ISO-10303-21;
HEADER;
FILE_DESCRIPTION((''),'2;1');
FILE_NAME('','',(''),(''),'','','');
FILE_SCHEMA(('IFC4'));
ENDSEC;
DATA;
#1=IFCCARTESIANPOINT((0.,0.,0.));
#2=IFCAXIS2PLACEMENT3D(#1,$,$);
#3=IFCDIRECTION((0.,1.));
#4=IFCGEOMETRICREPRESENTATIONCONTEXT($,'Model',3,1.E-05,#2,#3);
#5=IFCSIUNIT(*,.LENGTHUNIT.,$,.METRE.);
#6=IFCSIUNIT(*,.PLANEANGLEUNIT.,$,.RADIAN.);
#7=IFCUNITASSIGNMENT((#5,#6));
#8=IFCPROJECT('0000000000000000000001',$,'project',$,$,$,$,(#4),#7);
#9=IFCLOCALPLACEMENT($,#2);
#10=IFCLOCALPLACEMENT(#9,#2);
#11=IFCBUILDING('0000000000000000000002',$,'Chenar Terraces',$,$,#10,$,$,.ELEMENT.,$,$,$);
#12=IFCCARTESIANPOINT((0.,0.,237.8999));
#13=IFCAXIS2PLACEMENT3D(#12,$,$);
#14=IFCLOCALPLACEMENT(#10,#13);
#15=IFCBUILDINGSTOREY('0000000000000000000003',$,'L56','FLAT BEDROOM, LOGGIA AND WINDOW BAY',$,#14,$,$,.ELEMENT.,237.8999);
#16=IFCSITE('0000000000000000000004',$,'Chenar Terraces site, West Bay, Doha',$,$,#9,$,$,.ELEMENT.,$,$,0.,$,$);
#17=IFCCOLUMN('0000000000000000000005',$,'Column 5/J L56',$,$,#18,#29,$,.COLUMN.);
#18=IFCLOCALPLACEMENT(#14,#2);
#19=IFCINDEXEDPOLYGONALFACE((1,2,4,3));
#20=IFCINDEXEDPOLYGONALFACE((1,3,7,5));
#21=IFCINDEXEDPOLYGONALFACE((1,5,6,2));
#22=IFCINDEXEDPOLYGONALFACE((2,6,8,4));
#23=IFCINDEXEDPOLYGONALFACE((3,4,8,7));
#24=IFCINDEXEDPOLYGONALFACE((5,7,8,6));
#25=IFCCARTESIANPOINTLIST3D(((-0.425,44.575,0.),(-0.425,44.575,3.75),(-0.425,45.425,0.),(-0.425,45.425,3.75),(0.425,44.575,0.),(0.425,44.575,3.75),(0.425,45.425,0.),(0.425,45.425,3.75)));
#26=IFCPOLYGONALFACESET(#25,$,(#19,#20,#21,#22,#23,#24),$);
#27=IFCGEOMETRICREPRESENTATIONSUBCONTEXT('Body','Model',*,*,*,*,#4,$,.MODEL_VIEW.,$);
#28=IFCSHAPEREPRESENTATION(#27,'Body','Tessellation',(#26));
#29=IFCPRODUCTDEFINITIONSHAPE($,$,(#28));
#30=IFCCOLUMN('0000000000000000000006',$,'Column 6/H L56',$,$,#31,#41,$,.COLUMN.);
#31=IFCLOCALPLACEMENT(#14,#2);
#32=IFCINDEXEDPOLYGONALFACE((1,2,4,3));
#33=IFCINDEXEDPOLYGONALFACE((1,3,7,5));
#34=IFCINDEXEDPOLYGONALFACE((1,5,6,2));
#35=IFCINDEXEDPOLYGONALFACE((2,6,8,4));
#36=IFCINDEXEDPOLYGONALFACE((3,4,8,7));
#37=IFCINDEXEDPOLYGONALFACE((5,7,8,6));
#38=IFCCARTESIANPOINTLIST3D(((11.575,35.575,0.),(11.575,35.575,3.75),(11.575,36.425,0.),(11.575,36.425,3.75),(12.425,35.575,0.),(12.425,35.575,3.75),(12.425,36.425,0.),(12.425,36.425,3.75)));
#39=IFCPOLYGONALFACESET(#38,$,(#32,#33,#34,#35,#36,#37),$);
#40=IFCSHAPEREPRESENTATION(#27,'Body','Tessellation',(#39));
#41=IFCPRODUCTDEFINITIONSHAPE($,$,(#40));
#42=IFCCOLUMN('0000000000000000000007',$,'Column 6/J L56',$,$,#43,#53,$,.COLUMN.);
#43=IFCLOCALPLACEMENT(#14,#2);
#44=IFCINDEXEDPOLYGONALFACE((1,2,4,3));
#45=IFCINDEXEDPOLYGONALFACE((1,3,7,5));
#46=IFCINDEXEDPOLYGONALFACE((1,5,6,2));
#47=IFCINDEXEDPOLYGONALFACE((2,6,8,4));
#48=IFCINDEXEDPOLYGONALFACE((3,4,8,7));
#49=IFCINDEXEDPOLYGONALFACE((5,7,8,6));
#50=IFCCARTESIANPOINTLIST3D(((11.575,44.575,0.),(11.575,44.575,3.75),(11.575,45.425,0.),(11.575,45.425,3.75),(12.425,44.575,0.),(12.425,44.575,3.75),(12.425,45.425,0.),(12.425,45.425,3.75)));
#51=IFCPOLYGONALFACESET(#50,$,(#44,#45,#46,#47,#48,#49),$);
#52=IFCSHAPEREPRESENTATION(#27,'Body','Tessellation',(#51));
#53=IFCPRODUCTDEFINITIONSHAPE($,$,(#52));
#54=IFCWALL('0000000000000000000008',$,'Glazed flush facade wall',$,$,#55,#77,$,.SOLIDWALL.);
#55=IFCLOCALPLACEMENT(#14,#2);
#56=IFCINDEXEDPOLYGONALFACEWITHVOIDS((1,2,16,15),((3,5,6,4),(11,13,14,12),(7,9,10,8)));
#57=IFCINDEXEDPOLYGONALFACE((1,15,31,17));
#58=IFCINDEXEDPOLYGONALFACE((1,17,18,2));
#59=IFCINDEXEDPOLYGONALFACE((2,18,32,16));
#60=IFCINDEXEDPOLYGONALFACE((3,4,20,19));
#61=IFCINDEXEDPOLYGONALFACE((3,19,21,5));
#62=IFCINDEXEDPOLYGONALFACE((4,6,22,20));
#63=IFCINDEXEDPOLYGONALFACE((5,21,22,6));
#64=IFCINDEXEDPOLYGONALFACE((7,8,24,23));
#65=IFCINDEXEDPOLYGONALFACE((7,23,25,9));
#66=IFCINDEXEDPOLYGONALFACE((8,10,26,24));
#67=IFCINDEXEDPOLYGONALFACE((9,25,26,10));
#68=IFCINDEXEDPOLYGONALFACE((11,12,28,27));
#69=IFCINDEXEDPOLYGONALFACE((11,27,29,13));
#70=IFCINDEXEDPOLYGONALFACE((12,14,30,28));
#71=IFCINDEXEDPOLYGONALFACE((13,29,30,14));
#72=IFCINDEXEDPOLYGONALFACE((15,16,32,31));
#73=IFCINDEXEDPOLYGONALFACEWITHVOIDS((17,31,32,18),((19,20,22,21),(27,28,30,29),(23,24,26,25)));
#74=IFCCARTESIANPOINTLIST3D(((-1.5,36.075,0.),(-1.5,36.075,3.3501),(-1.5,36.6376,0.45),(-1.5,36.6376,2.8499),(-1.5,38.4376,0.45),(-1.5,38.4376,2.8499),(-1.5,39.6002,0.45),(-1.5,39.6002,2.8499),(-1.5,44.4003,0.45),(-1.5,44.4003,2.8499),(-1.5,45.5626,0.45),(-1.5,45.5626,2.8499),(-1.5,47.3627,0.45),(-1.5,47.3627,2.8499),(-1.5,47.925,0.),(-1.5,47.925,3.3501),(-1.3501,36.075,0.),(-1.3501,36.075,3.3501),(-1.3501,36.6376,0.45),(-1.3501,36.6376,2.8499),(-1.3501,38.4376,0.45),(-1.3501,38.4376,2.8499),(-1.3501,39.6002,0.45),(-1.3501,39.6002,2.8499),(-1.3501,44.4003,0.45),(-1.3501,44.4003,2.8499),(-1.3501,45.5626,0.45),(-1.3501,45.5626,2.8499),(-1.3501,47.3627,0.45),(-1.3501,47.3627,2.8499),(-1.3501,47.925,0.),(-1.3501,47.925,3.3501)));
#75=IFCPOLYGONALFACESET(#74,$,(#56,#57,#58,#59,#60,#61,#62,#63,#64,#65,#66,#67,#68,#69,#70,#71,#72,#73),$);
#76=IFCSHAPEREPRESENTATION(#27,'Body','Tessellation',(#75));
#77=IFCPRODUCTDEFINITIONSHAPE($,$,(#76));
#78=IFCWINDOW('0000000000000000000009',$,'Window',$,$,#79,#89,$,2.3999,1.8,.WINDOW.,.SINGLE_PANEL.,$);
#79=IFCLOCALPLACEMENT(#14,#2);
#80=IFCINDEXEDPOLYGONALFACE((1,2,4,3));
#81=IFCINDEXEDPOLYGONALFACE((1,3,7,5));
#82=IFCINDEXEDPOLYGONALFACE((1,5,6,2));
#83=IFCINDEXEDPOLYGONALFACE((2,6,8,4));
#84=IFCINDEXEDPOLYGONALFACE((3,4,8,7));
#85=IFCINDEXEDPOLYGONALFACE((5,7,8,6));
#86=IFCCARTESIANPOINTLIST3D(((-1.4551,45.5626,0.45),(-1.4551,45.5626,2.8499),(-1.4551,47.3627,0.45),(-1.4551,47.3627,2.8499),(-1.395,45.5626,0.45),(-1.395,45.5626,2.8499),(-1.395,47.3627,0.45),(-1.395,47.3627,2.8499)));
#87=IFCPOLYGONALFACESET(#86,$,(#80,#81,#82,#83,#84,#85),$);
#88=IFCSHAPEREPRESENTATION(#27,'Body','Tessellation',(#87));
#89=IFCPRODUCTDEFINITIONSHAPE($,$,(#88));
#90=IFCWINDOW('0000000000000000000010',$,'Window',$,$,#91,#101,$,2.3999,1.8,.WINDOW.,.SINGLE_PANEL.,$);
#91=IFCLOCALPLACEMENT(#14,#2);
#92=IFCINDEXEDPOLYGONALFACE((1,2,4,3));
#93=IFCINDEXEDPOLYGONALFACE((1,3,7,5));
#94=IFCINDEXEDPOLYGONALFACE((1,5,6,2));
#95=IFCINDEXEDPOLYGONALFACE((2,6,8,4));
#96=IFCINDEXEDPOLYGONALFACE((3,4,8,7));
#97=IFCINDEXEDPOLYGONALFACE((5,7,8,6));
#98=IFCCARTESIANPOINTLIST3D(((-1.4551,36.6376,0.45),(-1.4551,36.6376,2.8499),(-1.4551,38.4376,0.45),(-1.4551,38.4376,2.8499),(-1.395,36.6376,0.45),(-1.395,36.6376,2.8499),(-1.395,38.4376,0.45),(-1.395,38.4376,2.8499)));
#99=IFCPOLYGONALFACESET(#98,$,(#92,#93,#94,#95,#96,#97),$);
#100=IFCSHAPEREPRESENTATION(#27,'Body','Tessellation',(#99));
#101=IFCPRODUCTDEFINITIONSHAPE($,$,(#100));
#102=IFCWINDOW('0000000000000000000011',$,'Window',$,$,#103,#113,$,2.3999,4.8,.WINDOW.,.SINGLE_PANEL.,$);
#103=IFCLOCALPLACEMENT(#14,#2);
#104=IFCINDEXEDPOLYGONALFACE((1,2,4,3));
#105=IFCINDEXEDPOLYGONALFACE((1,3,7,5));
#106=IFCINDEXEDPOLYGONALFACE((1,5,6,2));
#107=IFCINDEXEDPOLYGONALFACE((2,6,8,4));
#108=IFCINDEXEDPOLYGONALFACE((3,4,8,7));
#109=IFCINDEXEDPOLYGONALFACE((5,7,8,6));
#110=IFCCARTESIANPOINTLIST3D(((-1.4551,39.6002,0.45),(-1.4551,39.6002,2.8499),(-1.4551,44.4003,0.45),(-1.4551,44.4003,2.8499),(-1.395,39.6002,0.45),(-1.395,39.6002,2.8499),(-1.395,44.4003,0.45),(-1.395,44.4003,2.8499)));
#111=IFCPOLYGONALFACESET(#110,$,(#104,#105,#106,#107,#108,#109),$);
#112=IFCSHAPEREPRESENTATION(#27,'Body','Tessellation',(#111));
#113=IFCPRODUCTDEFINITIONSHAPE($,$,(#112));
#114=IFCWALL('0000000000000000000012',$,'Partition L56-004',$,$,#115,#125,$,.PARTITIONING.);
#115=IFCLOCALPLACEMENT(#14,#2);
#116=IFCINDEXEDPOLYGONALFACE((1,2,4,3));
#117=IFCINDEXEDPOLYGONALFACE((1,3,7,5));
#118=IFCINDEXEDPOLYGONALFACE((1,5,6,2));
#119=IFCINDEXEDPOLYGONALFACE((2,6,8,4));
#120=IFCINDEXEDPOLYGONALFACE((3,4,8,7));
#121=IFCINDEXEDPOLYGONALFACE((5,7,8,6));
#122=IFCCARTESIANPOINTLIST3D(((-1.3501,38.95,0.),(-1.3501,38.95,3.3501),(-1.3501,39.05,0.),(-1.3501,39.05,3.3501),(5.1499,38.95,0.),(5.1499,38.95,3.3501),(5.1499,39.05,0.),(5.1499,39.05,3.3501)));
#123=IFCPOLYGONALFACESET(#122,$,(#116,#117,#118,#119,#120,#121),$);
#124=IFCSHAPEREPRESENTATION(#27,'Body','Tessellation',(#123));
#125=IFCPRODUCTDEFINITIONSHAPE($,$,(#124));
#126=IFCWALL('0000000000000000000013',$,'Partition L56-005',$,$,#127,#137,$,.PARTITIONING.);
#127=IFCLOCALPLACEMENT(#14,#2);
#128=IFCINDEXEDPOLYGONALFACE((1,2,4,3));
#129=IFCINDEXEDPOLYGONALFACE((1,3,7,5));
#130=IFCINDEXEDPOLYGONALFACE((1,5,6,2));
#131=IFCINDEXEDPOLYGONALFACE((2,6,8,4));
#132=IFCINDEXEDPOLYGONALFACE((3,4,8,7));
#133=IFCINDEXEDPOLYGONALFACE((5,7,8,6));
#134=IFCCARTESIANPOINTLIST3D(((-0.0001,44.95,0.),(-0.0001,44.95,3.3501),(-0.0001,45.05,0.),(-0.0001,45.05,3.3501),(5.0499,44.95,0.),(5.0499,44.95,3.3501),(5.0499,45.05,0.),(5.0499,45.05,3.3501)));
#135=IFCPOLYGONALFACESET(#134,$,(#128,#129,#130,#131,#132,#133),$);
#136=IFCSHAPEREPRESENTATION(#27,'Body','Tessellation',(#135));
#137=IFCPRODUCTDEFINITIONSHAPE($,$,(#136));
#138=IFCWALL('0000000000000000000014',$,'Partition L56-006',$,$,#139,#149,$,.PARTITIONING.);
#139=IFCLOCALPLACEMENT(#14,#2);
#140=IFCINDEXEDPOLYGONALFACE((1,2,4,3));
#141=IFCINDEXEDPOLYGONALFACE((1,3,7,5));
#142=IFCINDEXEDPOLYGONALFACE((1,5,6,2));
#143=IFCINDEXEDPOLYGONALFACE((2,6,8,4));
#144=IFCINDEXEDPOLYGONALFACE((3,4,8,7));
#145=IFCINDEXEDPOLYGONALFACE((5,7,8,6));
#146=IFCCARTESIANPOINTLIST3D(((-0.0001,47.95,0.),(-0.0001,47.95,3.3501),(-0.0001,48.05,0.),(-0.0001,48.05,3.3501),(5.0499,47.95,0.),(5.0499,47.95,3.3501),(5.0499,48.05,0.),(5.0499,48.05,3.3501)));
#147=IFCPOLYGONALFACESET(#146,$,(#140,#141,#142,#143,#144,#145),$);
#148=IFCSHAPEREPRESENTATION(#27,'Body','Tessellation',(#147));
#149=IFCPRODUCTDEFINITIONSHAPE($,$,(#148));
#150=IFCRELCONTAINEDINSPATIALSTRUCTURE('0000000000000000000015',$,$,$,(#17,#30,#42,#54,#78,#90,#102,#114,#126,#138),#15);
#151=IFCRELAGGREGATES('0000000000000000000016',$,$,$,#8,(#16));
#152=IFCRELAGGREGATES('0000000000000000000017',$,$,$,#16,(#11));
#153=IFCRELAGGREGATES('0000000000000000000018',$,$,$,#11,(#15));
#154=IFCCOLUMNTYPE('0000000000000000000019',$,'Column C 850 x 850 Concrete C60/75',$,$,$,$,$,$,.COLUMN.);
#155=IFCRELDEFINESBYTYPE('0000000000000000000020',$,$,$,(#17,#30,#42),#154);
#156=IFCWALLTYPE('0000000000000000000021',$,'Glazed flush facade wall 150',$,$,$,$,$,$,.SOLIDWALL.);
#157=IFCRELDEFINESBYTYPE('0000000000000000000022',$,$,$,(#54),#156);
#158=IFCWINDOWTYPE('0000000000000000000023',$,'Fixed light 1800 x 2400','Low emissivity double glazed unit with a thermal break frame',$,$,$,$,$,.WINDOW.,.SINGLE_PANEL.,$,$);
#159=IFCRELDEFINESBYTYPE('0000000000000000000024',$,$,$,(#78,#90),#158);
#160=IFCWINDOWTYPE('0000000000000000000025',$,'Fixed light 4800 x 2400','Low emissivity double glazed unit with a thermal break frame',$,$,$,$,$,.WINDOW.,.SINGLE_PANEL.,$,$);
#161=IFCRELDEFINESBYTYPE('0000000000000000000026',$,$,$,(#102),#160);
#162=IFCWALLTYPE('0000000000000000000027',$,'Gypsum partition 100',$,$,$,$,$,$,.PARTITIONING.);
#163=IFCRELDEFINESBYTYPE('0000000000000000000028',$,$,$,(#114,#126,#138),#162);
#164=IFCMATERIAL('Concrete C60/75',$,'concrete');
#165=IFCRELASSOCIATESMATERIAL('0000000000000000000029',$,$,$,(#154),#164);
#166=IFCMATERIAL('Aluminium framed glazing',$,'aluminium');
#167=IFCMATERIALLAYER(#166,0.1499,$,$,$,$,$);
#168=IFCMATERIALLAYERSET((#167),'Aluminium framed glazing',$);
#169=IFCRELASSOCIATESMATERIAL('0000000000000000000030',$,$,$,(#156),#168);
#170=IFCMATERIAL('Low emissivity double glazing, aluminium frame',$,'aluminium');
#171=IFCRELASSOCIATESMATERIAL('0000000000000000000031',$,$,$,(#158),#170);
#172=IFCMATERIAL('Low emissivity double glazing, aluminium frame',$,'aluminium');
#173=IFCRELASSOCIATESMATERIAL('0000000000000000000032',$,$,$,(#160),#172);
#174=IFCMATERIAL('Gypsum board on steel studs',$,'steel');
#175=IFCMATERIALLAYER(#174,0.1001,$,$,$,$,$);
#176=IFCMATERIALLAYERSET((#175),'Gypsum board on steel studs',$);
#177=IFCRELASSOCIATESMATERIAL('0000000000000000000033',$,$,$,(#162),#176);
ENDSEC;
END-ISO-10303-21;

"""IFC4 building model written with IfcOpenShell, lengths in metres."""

from ifc_helpers import new_model, si_unit, direction, frame, frame_2d, origin, origin_2d, place, context, subcontext, project, spatial, rectangle, extrude, material, layer, layer_set, material_profile, profile_set, type_object, element, fill, save


model = new_model("IFC4")

# Units and contexts
model_context = context("Model", 3, precision=1e-05, world=origin(), true_north=direction((0.0, 1.0)))
body_context = subcontext(model_context, "Body", "Model", "MODEL_VIEW")
ifc_project = project(units=[si_unit("LENGTHUNIT", "METRE"), si_unit("PLANEANGLEUNIT", "RADIAN")], contexts=[model_context])

# Site, building, storey
site_placement = place(None, origin())
site = spatial("IfcSite", under=ifc_project, at=site_placement, Name="Chenar Terraces site, West Bay, Doha", CompositionType="ELEMENT", RefElevation=0.0)
building_placement = place(site_placement, origin())
building = spatial("IfcBuilding", under=site, at=building_placement, Name="Chenar Terraces", CompositionType="ELEMENT")
storey_placement = place(building_placement, frame((0.0, 0.0, 237.8999)))
storey = spatial("IfcBuildingStorey", under=building, at=storey_placement, Name="L56", Description="FLAT BEDROOM, LOGGIA AND WINDOW BAY", CompositionType="ELEMENT", Elevation=237.8999)

# Columns
ifc_material_1 = material(Name="Concrete C60/75", Category="concrete")
ifc_material_profile = material_profile(ifc_material_1, rectangle(XDim=0.8501, YDim=0.8501, at=origin_2d()), Name="C 850 x 850")
ifc_profile_set = profile_set([ifc_material_profile], Name="Concrete C60/75")
column_type = type_object("IfcColumnType", Name="Column C 850 x 850 Concrete C60/75", PredefinedType="COLUMN", material=ifc_profile_set)
placement = place(storey_placement, frame((0.0, 45.0, 0.0), z_axis=(0.0, 0.0, 1.0), x_axis=(1.0, 0.0, 0.0)))
element("IfcColumn", 1, at=placement, inside=storey, type_object=column_type, Name="Column 5/J L56", PredefinedType="COLUMN", context=body_context, shape_type="SweptSolid", body=[
    extrude(rectangle(XDim=0.8501, YDim=0.8501, at=origin_2d()), origin(), (0.0, 0.0, 1.0), 3.75),
])
for number, where, z_axis, x_axis, name in (
    (2, (12.0, 36.0, 0.0), (0.0, 0.0, 1.0), (1.0, 0.0, 0.0), "Column 6/H L56"),
    (3, (12.0, 45.0, 0.0), (0.0, 0.0, 1.0), (1.0, 0.0, 0.0), "Column 6/J L56"),
):
    element("IfcColumn", number, at=place(storey_placement, frame(where, z_axis=z_axis, x_axis=x_axis)), inside=storey, type_object=column_type, Name=name, PredefinedType="COLUMN", context=body_context, shape_type="SweptSolid", body=[
        extrude(rectangle(XDim=0.8501, YDim=0.8501, at=origin_2d()), origin(), (0.0, 0.0, 1.0), 3.75),
    ])

# Wall, openings, windows
ifc_material_2 = material(Name="Aluminium framed glazing", Category="aluminium")
ifc_layer_1 = layer(ifc_material_2, 0.1499)
ifc_layer_set_1 = layer_set([ifc_layer_1], Name="Aluminium framed glazing")
wall_type_1 = type_object("IfcWallType", Name="Glazed flush facade wall 150", PredefinedType="SOLIDWALL", material=ifc_layer_set_1)
wall_1_placement = place(storey_placement, frame((-1.425, 47.925, 0.0), z_axis=(0.0, 0.0, 1.0), x_axis=(0.0, -1.0, 0.0)))
wall_1 = element("IfcWall", 4, at=wall_1_placement, inside=storey, type_object=wall_type_1, Name="Glazed flush facade wall", PredefinedType="SOLIDWALL", context=body_context, shape_type="SweptSolid", body=[
    extrude(rectangle(XDim=11.8501, YDim=0.1499, at=frame_2d((5.925, 0.0))), origin(), (0.0, 0.0, 1.0), 3.3501),
])
opening_1_placement = place(wall_1_placement, frame((0.5625, 0.0, 0.45)))
opening_1 = element("IfcOpeningElement", 5, at=opening_1_placement, cuts=wall_1, PredefinedType="OPENING", context=body_context, shape_type="SweptSolid", body=[
    extrude(rectangle(XDim=1.8, YDim=2.3999, at=frame_2d((0.8999, 1.2))), frame((0.0, 0.085, 0.0), z_axis=(0.0, -1.0, 0.0), x_axis=(1.0, 0.0, 0.0)), (0.0, 0.0, 1.0), 0.1699),
])
opening_2_placement = place(wall_1_placement, frame((3.5249, 0.0, 0.45)))
opening_2 = element("IfcOpeningElement", 6, at=opening_2_placement, cuts=wall_1, PredefinedType="OPENING", context=body_context, shape_type="SweptSolid", body=[
    extrude(rectangle(XDim=4.8, YDim=2.3999, at=frame_2d((2.3999, 1.2))), frame((0.0, 0.085, 0.0), z_axis=(0.0, -1.0, 0.0), x_axis=(1.0, 0.0, 0.0)), (0.0, 0.0, 1.0), 0.1699),
])
opening_3_placement = place(wall_1_placement, frame((9.4875, 0.0, 0.45)))
opening_3 = element("IfcOpeningElement", 7, at=opening_3_placement, cuts=wall_1, PredefinedType="OPENING", context=body_context, shape_type="SweptSolid", body=[
    extrude(rectangle(XDim=1.8, YDim=2.3999, at=frame_2d((0.8999, 1.2))), frame((0.0, 0.085, 0.0), z_axis=(0.0, -1.0, 0.0), x_axis=(1.0, 0.0, 0.0)), (0.0, 0.0, 1.0), 0.1699),
])
ifc_material_3 = material(Name="Low emissivity double glazing, aluminium frame", Category="aluminium")
window_type_1 = type_object("IfcWindowType", Name="Fixed light 1800 x 2400", Description="Low emissivity double glazed unit with a thermal break frame", PartitioningType="SINGLE_PANEL", PredefinedType="WINDOW", material=ifc_material_3)
window_1_placement = place(opening_1_placement, origin())
window_1 = element("IfcWindow", 8, at=window_1_placement, inside=storey, type_object=window_type_1, Name="Window", OverallHeight=2.3999, OverallWidth=1.8, PartitioningType="SINGLE_PANEL", PredefinedType="WINDOW", context=body_context, shape_type="SweptSolid", body=[
    extrude(rectangle(XDim=1.8, YDim=2.3999, at=frame_2d((0.8999, 1.2))), frame((0.0, 0.03, 0.0), z_axis=(0.0, -1.0, 0.0), x_axis=(1.0, 0.0, 0.0)), (0.0, 0.0, 1.0), 0.0601),
])
fill(opening_1, window_1)
window_2_placement = place(opening_3_placement, origin())
window_2 = element("IfcWindow", 9, at=window_2_placement, inside=storey, type_object=window_type_1, Name="Window", OverallHeight=2.3999, OverallWidth=1.8, PartitioningType="SINGLE_PANEL", PredefinedType="WINDOW", context=body_context, shape_type="SweptSolid", body=[
    extrude(rectangle(XDim=1.8, YDim=2.3999, at=frame_2d((0.8999, 1.2))), frame((0.0, 0.03, 0.0), z_axis=(0.0, -1.0, 0.0), x_axis=(1.0, 0.0, 0.0)), (0.0, 0.0, 1.0), 0.0601),
])
fill(opening_3, window_2)
ifc_material_4 = material(Name="Low emissivity double glazing, aluminium frame", Category="aluminium")
window_type_2 = type_object("IfcWindowType", Name="Fixed light 4800 x 2400", Description="Low emissivity double glazed unit with a thermal break frame", PartitioningType="SINGLE_PANEL", PredefinedType="WINDOW", material=ifc_material_4)
window_3_placement = place(opening_2_placement, origin())
window_3 = element("IfcWindow", 10, at=window_3_placement, inside=storey, type_object=window_type_2, Name="Window", OverallHeight=2.3999, OverallWidth=4.8, PartitioningType="SINGLE_PANEL", PredefinedType="WINDOW", context=body_context, shape_type="SweptSolid", body=[
    extrude(rectangle(XDim=4.8, YDim=2.3999, at=frame_2d((2.3999, 1.2))), frame((0.0, 0.03, 0.0), z_axis=(0.0, -1.0, 0.0), x_axis=(1.0, 0.0, 0.0)), (0.0, 0.0, 1.0), 0.0601),
])
fill(opening_2, window_3)

# Walls
ifc_material_5 = material(Name="Gypsum board on steel studs", Category="steel")
ifc_layer_2 = layer(ifc_material_5, 0.1001)
ifc_layer_set_2 = layer_set([ifc_layer_2], Name="Gypsum board on steel studs")
wall_type_2 = type_object("IfcWallType", Name="Gypsum partition 100", PredefinedType="PARTITIONING", material=ifc_layer_set_2)
wall_2_placement = place(storey_placement, frame((-1.3501, 39.0, 0.0), z_axis=(0.0, 0.0, 1.0), x_axis=(1.0, 0.0, 0.0)))
element("IfcWall", 11, at=wall_2_placement, inside=storey, type_object=wall_type_2, Name="Partition L56-004", PredefinedType="PARTITIONING", context=body_context, shape_type="SweptSolid", body=[
    extrude(rectangle(XDim=6.5, YDim=0.1001, at=frame_2d((3.25, 0.0))), origin(), (0.0, 0.0, 1.0), 3.3501),
])
element("IfcWall", 12, at=placement, inside=storey, type_object=wall_type_2, Name="Partition L56-005", PredefinedType="PARTITIONING", context=body_context, shape_type="SweptSolid", body=[
    extrude(rectangle(XDim=5.05, YDim=0.1001, at=frame_2d((2.5249, 0.0))), origin(), (0.0, 0.0, 1.0), 3.3501),
])
wall_3_placement = place(storey_placement, frame((0.0, 48.0, 0.0), z_axis=(0.0, 0.0, 1.0), x_axis=(1.0, 0.0, 0.0)))
element("IfcWall", 13, at=wall_3_placement, inside=storey, type_object=wall_type_2, Name="Partition L56-006", PredefinedType="PARTITIONING", context=body_context, shape_type="SweptSolid", body=[
    extrude(rectangle(XDim=5.05, YDim=0.1001, at=frame_2d((2.5249, 0.0))), origin(), (0.0, 0.0, 1.0), 3.3501),
])

save(model, "model.ifc")
